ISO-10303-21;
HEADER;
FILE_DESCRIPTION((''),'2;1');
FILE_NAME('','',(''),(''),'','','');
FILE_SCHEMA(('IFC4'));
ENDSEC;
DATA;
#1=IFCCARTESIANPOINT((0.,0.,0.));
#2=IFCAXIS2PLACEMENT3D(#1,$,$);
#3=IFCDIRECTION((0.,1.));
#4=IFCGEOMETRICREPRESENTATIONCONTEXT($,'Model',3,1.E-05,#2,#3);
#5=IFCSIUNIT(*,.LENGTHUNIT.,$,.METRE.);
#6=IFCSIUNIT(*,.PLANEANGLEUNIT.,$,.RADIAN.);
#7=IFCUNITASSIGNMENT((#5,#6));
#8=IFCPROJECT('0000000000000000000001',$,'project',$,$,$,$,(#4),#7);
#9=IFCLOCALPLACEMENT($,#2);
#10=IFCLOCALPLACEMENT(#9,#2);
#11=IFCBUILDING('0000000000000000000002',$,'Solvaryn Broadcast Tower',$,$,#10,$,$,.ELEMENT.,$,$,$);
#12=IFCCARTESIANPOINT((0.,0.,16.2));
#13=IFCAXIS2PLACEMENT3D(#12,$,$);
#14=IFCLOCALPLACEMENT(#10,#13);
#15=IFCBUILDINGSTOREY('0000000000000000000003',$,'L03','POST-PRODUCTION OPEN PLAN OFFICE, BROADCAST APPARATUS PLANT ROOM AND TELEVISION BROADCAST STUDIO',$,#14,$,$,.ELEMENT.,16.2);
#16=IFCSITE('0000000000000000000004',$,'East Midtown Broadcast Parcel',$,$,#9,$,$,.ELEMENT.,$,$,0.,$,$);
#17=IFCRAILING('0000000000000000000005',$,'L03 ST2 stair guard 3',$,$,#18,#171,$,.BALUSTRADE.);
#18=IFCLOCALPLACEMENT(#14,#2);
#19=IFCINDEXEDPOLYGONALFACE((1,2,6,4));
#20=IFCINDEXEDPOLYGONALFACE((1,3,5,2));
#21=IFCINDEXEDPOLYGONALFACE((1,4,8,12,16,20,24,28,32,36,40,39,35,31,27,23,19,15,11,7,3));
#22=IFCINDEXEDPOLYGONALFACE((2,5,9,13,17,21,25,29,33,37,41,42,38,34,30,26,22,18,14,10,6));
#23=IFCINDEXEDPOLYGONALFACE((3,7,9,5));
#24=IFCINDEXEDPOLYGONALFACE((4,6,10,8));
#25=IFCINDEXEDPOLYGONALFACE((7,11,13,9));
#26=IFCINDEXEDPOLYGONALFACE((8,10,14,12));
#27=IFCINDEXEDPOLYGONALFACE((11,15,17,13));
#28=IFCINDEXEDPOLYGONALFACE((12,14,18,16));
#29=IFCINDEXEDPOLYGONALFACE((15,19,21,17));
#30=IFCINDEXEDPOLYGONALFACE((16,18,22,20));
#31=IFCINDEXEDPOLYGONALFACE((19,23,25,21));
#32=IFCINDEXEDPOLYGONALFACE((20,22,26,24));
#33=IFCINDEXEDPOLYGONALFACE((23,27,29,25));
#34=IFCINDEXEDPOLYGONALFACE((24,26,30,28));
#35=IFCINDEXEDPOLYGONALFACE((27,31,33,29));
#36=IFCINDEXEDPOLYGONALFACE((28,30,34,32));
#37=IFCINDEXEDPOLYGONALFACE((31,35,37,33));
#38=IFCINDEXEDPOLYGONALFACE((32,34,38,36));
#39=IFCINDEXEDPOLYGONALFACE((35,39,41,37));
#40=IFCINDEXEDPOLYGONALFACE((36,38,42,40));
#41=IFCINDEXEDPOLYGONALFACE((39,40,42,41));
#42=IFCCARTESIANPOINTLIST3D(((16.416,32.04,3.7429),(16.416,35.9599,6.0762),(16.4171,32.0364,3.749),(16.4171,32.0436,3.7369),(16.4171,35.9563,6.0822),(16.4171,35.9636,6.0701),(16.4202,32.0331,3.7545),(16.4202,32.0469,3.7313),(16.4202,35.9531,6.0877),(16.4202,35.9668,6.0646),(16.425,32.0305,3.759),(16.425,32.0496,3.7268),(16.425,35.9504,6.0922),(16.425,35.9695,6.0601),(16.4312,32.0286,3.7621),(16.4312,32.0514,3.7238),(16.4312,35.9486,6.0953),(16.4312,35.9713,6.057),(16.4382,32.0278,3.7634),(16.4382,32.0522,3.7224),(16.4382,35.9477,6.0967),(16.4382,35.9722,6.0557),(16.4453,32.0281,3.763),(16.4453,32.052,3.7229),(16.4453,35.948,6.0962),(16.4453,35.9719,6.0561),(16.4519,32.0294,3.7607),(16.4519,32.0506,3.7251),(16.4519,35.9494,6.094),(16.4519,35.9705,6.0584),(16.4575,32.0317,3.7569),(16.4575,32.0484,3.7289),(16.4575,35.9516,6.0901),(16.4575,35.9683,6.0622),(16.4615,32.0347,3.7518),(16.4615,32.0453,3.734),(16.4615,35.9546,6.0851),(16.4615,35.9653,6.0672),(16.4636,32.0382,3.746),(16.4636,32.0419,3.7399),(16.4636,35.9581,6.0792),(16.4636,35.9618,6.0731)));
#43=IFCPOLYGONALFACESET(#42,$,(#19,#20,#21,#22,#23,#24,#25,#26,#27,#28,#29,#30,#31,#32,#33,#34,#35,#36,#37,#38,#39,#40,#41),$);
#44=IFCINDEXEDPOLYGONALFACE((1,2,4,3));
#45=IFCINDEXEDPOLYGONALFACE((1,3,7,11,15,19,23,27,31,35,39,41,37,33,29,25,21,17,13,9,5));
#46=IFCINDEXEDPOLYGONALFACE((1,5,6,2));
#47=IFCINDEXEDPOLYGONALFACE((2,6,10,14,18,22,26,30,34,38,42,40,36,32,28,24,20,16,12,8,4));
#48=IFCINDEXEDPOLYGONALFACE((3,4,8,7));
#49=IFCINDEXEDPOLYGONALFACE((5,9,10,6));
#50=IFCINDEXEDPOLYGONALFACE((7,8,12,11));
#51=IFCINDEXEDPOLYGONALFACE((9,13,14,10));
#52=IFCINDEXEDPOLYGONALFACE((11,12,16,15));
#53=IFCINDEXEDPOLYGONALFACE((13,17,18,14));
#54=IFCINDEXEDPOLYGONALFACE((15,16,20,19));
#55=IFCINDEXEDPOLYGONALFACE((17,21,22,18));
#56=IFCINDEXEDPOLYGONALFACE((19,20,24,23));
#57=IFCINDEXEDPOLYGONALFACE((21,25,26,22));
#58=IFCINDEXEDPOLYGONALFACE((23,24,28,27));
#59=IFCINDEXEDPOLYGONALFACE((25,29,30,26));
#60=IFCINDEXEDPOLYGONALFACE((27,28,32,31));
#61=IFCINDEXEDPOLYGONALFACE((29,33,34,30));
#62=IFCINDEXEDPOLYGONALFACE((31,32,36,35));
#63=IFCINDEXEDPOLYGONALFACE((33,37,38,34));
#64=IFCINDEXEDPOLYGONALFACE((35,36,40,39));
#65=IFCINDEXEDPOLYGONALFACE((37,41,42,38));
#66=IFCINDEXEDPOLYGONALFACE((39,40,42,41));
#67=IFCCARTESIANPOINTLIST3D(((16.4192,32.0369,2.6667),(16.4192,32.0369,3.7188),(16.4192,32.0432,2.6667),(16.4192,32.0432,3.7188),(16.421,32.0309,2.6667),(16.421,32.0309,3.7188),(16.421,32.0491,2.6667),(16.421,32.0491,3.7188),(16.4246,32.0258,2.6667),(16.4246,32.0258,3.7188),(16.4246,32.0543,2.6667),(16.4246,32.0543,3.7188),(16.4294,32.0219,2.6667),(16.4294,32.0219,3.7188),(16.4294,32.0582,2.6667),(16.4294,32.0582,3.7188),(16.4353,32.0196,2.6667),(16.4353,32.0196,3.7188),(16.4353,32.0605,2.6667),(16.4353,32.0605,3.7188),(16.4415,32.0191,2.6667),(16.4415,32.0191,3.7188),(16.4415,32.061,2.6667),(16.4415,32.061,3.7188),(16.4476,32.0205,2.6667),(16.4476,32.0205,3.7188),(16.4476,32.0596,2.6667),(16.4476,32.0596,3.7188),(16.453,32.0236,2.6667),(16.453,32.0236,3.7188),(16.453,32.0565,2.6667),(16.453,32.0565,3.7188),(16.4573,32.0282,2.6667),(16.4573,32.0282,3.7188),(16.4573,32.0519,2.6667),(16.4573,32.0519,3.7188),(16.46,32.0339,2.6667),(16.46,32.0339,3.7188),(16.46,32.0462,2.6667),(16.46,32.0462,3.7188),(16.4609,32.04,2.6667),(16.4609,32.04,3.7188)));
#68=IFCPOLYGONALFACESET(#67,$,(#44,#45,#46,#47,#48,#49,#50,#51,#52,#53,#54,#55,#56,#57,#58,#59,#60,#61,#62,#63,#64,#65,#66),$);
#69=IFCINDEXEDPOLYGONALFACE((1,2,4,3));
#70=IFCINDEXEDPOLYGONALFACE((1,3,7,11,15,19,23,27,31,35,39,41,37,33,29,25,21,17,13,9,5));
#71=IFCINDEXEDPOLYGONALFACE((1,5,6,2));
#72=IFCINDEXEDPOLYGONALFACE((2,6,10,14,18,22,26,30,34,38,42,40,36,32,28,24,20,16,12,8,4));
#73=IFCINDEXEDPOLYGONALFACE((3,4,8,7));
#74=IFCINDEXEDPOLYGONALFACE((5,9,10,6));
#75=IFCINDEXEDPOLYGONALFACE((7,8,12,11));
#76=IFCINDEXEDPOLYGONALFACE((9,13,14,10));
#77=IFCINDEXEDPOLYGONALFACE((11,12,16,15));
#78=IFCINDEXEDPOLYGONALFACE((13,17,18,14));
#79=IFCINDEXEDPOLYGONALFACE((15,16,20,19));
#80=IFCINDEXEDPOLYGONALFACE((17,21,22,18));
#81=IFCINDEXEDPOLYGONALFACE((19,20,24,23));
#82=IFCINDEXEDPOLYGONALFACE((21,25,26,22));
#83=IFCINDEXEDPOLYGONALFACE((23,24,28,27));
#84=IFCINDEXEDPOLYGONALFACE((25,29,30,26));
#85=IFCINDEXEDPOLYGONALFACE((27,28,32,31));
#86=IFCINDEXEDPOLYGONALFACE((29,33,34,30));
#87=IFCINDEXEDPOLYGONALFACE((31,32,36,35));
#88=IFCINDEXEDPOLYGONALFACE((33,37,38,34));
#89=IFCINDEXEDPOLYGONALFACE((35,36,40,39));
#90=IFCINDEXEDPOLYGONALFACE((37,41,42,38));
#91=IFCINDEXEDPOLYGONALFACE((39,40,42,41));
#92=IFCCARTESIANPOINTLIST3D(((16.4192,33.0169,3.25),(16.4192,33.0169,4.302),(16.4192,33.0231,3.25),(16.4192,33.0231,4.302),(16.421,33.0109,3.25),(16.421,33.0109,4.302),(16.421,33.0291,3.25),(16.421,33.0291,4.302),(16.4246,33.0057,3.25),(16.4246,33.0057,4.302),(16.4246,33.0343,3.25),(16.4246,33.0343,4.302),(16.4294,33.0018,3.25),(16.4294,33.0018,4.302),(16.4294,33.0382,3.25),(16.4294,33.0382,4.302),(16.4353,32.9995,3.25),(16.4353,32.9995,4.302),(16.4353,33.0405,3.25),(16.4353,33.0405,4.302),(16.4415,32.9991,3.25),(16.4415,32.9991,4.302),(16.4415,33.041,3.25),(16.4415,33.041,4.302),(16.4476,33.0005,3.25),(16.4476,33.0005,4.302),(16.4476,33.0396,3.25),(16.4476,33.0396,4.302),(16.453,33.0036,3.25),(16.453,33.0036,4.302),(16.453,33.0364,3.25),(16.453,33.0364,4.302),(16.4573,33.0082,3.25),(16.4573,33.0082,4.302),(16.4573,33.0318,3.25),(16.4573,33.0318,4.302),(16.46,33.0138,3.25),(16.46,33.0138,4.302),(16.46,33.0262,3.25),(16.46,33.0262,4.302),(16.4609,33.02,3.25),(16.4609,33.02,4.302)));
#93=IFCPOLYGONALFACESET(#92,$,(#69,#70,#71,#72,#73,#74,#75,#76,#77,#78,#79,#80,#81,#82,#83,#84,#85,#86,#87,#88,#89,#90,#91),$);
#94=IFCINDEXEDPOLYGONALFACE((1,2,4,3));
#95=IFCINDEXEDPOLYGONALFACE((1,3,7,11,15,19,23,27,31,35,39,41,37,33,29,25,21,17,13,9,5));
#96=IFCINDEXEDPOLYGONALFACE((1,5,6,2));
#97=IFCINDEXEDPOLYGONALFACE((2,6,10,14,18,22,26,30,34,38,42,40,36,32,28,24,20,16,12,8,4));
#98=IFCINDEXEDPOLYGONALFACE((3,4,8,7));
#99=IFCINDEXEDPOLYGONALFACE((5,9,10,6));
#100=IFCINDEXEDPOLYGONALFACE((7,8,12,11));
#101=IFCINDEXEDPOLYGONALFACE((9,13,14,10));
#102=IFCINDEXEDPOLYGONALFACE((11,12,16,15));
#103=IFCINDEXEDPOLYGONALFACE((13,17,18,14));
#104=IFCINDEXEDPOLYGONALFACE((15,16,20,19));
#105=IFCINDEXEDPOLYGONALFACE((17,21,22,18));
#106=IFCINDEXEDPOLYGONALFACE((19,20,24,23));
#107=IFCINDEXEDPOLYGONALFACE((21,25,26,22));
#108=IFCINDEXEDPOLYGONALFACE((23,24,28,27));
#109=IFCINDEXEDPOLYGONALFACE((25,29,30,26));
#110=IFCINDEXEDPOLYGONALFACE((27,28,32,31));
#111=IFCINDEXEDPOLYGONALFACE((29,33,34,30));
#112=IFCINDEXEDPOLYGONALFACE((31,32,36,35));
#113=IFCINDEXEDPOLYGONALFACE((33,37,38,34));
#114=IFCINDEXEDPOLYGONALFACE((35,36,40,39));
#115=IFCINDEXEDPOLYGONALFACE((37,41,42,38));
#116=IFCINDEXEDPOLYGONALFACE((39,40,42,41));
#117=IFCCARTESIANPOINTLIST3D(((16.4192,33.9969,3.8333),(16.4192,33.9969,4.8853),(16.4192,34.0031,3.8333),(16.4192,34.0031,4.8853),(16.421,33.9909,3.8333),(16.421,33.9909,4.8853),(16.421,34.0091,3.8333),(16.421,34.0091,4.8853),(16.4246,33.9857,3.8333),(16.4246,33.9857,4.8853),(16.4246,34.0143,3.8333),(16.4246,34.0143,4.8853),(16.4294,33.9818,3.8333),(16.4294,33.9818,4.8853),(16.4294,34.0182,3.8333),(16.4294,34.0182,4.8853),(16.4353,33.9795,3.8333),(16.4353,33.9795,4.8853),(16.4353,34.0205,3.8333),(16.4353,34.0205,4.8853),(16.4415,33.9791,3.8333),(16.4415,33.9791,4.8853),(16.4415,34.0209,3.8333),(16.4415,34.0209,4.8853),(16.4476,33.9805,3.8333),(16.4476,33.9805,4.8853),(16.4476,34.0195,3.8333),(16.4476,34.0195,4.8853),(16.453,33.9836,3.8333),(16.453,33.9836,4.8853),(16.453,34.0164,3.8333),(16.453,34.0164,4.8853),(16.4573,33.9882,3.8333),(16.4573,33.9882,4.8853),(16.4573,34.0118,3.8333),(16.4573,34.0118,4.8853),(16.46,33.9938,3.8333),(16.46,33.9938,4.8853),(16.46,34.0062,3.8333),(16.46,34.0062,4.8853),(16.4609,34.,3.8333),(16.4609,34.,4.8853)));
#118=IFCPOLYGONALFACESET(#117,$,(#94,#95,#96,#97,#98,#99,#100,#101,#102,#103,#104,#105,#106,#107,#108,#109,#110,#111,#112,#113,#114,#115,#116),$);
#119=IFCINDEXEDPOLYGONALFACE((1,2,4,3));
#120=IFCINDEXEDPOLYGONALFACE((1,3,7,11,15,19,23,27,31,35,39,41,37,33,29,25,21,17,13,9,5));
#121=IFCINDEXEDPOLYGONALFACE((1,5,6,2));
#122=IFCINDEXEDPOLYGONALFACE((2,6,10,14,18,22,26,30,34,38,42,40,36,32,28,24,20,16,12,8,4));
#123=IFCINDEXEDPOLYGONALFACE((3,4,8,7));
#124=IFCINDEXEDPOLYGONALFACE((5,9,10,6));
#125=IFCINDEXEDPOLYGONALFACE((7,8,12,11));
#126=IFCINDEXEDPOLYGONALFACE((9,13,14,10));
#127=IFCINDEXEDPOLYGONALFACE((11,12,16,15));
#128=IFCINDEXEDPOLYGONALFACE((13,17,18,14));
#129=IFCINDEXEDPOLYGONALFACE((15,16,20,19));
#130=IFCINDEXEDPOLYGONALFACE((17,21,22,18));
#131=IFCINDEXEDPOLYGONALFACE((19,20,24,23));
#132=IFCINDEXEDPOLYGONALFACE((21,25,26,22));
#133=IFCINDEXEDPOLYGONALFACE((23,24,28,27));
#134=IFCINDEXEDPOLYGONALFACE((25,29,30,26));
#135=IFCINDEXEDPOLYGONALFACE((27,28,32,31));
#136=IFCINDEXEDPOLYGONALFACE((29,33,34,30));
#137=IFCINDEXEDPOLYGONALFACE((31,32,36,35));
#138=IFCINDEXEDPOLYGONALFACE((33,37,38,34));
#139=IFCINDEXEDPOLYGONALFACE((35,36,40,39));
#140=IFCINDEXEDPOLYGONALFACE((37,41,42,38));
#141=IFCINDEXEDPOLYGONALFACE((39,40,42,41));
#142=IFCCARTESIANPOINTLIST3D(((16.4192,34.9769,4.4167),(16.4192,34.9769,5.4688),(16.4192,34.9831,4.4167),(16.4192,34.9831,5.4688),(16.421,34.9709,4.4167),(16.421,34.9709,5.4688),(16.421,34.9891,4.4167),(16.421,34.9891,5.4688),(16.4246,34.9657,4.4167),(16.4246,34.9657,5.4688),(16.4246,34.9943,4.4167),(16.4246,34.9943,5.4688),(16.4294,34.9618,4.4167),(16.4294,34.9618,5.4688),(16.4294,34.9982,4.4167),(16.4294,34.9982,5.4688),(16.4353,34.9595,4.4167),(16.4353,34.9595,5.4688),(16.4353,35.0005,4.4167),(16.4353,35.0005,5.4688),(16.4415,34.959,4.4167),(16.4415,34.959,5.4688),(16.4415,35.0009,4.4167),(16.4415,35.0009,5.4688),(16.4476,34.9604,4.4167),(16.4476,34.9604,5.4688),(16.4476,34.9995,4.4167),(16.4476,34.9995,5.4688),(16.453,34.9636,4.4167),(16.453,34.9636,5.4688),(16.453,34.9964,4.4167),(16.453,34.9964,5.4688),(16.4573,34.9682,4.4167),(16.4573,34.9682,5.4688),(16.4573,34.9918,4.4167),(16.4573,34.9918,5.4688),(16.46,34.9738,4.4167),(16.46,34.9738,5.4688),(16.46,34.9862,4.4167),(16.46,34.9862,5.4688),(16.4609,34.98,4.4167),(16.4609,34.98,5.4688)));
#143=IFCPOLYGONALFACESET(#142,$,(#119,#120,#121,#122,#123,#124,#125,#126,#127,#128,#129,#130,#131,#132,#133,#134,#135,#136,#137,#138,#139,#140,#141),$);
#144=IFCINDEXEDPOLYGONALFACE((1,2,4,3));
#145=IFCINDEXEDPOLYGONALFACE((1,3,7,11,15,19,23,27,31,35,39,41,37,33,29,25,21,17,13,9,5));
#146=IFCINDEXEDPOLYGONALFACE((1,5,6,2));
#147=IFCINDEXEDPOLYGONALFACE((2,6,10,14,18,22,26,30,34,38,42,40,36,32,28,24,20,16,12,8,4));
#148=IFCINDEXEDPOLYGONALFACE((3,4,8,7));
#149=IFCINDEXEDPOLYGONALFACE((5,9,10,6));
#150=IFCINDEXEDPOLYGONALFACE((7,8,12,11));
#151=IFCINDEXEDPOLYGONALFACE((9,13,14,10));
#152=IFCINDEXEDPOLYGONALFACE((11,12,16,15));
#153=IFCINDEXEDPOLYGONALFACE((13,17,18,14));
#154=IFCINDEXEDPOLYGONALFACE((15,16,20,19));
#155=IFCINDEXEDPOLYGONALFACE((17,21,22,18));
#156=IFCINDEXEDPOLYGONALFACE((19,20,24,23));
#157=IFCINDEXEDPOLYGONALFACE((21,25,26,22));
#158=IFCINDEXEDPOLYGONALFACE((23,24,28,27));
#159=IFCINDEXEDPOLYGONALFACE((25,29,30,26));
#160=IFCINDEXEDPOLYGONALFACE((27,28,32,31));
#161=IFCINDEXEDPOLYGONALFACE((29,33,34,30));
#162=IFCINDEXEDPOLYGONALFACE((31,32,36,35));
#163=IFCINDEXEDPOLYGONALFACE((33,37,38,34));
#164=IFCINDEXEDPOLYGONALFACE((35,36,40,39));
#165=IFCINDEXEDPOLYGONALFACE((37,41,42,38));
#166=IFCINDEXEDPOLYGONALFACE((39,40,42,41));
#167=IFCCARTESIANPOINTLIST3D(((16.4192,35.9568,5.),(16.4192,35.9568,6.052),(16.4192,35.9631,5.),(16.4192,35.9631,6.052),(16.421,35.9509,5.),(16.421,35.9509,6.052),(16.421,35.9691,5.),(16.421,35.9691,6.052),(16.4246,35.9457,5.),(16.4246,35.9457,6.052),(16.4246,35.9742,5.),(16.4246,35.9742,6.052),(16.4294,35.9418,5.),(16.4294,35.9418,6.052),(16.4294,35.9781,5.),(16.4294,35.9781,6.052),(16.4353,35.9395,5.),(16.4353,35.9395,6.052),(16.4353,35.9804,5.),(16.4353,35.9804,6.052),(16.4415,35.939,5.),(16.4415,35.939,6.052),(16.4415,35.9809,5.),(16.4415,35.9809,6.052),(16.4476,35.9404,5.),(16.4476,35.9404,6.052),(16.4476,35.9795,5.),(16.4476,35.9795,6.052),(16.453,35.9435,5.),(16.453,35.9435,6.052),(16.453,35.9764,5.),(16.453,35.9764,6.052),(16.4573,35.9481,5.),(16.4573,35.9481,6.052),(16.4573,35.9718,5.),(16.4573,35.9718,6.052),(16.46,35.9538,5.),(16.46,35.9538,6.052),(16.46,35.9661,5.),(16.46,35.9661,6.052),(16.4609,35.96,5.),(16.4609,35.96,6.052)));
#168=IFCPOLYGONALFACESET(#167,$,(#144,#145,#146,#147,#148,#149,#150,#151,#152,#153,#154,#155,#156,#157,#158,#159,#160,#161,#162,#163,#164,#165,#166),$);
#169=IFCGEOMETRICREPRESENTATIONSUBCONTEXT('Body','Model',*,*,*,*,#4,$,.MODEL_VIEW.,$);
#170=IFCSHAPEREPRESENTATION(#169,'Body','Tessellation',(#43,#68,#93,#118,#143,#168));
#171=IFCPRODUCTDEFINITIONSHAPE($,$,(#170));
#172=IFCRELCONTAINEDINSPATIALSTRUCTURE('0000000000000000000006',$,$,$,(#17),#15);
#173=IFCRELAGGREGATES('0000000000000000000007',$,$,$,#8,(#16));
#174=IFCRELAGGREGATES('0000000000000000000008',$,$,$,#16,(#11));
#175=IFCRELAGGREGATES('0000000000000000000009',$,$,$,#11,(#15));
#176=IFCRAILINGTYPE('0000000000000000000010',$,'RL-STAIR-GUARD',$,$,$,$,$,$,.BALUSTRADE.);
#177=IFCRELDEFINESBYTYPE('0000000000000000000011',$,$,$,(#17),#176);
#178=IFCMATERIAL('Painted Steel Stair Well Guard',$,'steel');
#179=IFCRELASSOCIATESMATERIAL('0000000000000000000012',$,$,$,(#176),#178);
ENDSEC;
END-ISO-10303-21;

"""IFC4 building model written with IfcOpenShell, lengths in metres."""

from ifc_helpers import new_model, si_unit, direction, frame, origin, origin_2d, place, context, subcontext, project, spatial, circle, extrude, material, type_object, element, save


model = new_model("IFC4")

# Units and contexts
model_context = context("Model", 3, precision=1e-05, world=origin(), true_north=direction((0.0, 1.0)))
body_context = subcontext(model_context, "Body", "Model", "MODEL_VIEW")
ifc_project = project(units=[si_unit("LENGTHUNIT", "METRE"), si_unit("PLANEANGLEUNIT", "RADIAN")], contexts=[model_context])

# Site, building, storey
site_placement = place(None, origin())
site = spatial("IfcSite", under=ifc_project, at=site_placement, Name="East Midtown Broadcast Parcel", CompositionType="ELEMENT", RefElevation=0.0)
building_placement = place(site_placement, origin())
building = spatial("IfcBuilding", under=site, at=building_placement, Name="Solvaryn Broadcast Tower", CompositionType="ELEMENT")
storey_placement = place(building_placement, frame((0.0, 0.0, 16.2)))
storey = spatial("IfcBuildingStorey", under=building, at=storey_placement, Name="L03", Description="POST-PRODUCTION OPEN PLAN OFFICE, BROADCAST APPARATUS PLANT ROOM AND TELEVISION BROADCAST STUDIO", CompositionType="ELEMENT", Elevation=16.2)

# Railing
ifc_material_1 = material(Name="Painted Steel Stair Well Guard", Category="steel")
railing_type_1 = type_object("IfcRailingType", Name="RL-STAIR-GUARD", PredefinedType="BALUSTRADE", material=ifc_material_1)
railing_1_placement = place(storey_placement, frame((16.4399, 32.04, 2.6667)))
element("IfcRailing", 1, at=railing_1_placement, inside=storey, type_object=railing_type_1, Name="L03 ST2 stair guard 3", PredefinedType="BALUSTRADE", context=body_context, shape_type="SweptSolid", body=[
    extrude(circle(Radius=0.0239, at=origin_2d()), frame((0.0, 0.0, 1.0762), z_axis=(0.0, 0.859296, 0.511478), x_axis=(-1.0, 0.0, 0.0)), (0.0, 0.0, 1.0), 4.5618),
    extrude(circle(Radius=0.021, at=origin_2d()), origin(), (0.0, 0.0, 1.0), 1.052),
    extrude(circle(Radius=0.021, at=origin_2d()), frame((0.0, 0.98, 0.5833)), (0.0, 0.0, 1.0), 1.052),
    extrude(circle(Radius=0.021, at=origin_2d()), frame((0.0, 1.96, 1.1665)), (0.0, 0.0, 1.0), 1.052),
    extrude(circle(Radius=0.021, at=origin_2d()), frame((0.0, 2.9399, 1.75)), (0.0, 0.0, 1.0), 1.052),
    extrude(circle(Radius=0.021, at=origin_2d()), frame((0.0, 3.9199, 2.3333)), (0.0, 0.0, 1.0), 1.052),
])

save(model, "model.ifc")
